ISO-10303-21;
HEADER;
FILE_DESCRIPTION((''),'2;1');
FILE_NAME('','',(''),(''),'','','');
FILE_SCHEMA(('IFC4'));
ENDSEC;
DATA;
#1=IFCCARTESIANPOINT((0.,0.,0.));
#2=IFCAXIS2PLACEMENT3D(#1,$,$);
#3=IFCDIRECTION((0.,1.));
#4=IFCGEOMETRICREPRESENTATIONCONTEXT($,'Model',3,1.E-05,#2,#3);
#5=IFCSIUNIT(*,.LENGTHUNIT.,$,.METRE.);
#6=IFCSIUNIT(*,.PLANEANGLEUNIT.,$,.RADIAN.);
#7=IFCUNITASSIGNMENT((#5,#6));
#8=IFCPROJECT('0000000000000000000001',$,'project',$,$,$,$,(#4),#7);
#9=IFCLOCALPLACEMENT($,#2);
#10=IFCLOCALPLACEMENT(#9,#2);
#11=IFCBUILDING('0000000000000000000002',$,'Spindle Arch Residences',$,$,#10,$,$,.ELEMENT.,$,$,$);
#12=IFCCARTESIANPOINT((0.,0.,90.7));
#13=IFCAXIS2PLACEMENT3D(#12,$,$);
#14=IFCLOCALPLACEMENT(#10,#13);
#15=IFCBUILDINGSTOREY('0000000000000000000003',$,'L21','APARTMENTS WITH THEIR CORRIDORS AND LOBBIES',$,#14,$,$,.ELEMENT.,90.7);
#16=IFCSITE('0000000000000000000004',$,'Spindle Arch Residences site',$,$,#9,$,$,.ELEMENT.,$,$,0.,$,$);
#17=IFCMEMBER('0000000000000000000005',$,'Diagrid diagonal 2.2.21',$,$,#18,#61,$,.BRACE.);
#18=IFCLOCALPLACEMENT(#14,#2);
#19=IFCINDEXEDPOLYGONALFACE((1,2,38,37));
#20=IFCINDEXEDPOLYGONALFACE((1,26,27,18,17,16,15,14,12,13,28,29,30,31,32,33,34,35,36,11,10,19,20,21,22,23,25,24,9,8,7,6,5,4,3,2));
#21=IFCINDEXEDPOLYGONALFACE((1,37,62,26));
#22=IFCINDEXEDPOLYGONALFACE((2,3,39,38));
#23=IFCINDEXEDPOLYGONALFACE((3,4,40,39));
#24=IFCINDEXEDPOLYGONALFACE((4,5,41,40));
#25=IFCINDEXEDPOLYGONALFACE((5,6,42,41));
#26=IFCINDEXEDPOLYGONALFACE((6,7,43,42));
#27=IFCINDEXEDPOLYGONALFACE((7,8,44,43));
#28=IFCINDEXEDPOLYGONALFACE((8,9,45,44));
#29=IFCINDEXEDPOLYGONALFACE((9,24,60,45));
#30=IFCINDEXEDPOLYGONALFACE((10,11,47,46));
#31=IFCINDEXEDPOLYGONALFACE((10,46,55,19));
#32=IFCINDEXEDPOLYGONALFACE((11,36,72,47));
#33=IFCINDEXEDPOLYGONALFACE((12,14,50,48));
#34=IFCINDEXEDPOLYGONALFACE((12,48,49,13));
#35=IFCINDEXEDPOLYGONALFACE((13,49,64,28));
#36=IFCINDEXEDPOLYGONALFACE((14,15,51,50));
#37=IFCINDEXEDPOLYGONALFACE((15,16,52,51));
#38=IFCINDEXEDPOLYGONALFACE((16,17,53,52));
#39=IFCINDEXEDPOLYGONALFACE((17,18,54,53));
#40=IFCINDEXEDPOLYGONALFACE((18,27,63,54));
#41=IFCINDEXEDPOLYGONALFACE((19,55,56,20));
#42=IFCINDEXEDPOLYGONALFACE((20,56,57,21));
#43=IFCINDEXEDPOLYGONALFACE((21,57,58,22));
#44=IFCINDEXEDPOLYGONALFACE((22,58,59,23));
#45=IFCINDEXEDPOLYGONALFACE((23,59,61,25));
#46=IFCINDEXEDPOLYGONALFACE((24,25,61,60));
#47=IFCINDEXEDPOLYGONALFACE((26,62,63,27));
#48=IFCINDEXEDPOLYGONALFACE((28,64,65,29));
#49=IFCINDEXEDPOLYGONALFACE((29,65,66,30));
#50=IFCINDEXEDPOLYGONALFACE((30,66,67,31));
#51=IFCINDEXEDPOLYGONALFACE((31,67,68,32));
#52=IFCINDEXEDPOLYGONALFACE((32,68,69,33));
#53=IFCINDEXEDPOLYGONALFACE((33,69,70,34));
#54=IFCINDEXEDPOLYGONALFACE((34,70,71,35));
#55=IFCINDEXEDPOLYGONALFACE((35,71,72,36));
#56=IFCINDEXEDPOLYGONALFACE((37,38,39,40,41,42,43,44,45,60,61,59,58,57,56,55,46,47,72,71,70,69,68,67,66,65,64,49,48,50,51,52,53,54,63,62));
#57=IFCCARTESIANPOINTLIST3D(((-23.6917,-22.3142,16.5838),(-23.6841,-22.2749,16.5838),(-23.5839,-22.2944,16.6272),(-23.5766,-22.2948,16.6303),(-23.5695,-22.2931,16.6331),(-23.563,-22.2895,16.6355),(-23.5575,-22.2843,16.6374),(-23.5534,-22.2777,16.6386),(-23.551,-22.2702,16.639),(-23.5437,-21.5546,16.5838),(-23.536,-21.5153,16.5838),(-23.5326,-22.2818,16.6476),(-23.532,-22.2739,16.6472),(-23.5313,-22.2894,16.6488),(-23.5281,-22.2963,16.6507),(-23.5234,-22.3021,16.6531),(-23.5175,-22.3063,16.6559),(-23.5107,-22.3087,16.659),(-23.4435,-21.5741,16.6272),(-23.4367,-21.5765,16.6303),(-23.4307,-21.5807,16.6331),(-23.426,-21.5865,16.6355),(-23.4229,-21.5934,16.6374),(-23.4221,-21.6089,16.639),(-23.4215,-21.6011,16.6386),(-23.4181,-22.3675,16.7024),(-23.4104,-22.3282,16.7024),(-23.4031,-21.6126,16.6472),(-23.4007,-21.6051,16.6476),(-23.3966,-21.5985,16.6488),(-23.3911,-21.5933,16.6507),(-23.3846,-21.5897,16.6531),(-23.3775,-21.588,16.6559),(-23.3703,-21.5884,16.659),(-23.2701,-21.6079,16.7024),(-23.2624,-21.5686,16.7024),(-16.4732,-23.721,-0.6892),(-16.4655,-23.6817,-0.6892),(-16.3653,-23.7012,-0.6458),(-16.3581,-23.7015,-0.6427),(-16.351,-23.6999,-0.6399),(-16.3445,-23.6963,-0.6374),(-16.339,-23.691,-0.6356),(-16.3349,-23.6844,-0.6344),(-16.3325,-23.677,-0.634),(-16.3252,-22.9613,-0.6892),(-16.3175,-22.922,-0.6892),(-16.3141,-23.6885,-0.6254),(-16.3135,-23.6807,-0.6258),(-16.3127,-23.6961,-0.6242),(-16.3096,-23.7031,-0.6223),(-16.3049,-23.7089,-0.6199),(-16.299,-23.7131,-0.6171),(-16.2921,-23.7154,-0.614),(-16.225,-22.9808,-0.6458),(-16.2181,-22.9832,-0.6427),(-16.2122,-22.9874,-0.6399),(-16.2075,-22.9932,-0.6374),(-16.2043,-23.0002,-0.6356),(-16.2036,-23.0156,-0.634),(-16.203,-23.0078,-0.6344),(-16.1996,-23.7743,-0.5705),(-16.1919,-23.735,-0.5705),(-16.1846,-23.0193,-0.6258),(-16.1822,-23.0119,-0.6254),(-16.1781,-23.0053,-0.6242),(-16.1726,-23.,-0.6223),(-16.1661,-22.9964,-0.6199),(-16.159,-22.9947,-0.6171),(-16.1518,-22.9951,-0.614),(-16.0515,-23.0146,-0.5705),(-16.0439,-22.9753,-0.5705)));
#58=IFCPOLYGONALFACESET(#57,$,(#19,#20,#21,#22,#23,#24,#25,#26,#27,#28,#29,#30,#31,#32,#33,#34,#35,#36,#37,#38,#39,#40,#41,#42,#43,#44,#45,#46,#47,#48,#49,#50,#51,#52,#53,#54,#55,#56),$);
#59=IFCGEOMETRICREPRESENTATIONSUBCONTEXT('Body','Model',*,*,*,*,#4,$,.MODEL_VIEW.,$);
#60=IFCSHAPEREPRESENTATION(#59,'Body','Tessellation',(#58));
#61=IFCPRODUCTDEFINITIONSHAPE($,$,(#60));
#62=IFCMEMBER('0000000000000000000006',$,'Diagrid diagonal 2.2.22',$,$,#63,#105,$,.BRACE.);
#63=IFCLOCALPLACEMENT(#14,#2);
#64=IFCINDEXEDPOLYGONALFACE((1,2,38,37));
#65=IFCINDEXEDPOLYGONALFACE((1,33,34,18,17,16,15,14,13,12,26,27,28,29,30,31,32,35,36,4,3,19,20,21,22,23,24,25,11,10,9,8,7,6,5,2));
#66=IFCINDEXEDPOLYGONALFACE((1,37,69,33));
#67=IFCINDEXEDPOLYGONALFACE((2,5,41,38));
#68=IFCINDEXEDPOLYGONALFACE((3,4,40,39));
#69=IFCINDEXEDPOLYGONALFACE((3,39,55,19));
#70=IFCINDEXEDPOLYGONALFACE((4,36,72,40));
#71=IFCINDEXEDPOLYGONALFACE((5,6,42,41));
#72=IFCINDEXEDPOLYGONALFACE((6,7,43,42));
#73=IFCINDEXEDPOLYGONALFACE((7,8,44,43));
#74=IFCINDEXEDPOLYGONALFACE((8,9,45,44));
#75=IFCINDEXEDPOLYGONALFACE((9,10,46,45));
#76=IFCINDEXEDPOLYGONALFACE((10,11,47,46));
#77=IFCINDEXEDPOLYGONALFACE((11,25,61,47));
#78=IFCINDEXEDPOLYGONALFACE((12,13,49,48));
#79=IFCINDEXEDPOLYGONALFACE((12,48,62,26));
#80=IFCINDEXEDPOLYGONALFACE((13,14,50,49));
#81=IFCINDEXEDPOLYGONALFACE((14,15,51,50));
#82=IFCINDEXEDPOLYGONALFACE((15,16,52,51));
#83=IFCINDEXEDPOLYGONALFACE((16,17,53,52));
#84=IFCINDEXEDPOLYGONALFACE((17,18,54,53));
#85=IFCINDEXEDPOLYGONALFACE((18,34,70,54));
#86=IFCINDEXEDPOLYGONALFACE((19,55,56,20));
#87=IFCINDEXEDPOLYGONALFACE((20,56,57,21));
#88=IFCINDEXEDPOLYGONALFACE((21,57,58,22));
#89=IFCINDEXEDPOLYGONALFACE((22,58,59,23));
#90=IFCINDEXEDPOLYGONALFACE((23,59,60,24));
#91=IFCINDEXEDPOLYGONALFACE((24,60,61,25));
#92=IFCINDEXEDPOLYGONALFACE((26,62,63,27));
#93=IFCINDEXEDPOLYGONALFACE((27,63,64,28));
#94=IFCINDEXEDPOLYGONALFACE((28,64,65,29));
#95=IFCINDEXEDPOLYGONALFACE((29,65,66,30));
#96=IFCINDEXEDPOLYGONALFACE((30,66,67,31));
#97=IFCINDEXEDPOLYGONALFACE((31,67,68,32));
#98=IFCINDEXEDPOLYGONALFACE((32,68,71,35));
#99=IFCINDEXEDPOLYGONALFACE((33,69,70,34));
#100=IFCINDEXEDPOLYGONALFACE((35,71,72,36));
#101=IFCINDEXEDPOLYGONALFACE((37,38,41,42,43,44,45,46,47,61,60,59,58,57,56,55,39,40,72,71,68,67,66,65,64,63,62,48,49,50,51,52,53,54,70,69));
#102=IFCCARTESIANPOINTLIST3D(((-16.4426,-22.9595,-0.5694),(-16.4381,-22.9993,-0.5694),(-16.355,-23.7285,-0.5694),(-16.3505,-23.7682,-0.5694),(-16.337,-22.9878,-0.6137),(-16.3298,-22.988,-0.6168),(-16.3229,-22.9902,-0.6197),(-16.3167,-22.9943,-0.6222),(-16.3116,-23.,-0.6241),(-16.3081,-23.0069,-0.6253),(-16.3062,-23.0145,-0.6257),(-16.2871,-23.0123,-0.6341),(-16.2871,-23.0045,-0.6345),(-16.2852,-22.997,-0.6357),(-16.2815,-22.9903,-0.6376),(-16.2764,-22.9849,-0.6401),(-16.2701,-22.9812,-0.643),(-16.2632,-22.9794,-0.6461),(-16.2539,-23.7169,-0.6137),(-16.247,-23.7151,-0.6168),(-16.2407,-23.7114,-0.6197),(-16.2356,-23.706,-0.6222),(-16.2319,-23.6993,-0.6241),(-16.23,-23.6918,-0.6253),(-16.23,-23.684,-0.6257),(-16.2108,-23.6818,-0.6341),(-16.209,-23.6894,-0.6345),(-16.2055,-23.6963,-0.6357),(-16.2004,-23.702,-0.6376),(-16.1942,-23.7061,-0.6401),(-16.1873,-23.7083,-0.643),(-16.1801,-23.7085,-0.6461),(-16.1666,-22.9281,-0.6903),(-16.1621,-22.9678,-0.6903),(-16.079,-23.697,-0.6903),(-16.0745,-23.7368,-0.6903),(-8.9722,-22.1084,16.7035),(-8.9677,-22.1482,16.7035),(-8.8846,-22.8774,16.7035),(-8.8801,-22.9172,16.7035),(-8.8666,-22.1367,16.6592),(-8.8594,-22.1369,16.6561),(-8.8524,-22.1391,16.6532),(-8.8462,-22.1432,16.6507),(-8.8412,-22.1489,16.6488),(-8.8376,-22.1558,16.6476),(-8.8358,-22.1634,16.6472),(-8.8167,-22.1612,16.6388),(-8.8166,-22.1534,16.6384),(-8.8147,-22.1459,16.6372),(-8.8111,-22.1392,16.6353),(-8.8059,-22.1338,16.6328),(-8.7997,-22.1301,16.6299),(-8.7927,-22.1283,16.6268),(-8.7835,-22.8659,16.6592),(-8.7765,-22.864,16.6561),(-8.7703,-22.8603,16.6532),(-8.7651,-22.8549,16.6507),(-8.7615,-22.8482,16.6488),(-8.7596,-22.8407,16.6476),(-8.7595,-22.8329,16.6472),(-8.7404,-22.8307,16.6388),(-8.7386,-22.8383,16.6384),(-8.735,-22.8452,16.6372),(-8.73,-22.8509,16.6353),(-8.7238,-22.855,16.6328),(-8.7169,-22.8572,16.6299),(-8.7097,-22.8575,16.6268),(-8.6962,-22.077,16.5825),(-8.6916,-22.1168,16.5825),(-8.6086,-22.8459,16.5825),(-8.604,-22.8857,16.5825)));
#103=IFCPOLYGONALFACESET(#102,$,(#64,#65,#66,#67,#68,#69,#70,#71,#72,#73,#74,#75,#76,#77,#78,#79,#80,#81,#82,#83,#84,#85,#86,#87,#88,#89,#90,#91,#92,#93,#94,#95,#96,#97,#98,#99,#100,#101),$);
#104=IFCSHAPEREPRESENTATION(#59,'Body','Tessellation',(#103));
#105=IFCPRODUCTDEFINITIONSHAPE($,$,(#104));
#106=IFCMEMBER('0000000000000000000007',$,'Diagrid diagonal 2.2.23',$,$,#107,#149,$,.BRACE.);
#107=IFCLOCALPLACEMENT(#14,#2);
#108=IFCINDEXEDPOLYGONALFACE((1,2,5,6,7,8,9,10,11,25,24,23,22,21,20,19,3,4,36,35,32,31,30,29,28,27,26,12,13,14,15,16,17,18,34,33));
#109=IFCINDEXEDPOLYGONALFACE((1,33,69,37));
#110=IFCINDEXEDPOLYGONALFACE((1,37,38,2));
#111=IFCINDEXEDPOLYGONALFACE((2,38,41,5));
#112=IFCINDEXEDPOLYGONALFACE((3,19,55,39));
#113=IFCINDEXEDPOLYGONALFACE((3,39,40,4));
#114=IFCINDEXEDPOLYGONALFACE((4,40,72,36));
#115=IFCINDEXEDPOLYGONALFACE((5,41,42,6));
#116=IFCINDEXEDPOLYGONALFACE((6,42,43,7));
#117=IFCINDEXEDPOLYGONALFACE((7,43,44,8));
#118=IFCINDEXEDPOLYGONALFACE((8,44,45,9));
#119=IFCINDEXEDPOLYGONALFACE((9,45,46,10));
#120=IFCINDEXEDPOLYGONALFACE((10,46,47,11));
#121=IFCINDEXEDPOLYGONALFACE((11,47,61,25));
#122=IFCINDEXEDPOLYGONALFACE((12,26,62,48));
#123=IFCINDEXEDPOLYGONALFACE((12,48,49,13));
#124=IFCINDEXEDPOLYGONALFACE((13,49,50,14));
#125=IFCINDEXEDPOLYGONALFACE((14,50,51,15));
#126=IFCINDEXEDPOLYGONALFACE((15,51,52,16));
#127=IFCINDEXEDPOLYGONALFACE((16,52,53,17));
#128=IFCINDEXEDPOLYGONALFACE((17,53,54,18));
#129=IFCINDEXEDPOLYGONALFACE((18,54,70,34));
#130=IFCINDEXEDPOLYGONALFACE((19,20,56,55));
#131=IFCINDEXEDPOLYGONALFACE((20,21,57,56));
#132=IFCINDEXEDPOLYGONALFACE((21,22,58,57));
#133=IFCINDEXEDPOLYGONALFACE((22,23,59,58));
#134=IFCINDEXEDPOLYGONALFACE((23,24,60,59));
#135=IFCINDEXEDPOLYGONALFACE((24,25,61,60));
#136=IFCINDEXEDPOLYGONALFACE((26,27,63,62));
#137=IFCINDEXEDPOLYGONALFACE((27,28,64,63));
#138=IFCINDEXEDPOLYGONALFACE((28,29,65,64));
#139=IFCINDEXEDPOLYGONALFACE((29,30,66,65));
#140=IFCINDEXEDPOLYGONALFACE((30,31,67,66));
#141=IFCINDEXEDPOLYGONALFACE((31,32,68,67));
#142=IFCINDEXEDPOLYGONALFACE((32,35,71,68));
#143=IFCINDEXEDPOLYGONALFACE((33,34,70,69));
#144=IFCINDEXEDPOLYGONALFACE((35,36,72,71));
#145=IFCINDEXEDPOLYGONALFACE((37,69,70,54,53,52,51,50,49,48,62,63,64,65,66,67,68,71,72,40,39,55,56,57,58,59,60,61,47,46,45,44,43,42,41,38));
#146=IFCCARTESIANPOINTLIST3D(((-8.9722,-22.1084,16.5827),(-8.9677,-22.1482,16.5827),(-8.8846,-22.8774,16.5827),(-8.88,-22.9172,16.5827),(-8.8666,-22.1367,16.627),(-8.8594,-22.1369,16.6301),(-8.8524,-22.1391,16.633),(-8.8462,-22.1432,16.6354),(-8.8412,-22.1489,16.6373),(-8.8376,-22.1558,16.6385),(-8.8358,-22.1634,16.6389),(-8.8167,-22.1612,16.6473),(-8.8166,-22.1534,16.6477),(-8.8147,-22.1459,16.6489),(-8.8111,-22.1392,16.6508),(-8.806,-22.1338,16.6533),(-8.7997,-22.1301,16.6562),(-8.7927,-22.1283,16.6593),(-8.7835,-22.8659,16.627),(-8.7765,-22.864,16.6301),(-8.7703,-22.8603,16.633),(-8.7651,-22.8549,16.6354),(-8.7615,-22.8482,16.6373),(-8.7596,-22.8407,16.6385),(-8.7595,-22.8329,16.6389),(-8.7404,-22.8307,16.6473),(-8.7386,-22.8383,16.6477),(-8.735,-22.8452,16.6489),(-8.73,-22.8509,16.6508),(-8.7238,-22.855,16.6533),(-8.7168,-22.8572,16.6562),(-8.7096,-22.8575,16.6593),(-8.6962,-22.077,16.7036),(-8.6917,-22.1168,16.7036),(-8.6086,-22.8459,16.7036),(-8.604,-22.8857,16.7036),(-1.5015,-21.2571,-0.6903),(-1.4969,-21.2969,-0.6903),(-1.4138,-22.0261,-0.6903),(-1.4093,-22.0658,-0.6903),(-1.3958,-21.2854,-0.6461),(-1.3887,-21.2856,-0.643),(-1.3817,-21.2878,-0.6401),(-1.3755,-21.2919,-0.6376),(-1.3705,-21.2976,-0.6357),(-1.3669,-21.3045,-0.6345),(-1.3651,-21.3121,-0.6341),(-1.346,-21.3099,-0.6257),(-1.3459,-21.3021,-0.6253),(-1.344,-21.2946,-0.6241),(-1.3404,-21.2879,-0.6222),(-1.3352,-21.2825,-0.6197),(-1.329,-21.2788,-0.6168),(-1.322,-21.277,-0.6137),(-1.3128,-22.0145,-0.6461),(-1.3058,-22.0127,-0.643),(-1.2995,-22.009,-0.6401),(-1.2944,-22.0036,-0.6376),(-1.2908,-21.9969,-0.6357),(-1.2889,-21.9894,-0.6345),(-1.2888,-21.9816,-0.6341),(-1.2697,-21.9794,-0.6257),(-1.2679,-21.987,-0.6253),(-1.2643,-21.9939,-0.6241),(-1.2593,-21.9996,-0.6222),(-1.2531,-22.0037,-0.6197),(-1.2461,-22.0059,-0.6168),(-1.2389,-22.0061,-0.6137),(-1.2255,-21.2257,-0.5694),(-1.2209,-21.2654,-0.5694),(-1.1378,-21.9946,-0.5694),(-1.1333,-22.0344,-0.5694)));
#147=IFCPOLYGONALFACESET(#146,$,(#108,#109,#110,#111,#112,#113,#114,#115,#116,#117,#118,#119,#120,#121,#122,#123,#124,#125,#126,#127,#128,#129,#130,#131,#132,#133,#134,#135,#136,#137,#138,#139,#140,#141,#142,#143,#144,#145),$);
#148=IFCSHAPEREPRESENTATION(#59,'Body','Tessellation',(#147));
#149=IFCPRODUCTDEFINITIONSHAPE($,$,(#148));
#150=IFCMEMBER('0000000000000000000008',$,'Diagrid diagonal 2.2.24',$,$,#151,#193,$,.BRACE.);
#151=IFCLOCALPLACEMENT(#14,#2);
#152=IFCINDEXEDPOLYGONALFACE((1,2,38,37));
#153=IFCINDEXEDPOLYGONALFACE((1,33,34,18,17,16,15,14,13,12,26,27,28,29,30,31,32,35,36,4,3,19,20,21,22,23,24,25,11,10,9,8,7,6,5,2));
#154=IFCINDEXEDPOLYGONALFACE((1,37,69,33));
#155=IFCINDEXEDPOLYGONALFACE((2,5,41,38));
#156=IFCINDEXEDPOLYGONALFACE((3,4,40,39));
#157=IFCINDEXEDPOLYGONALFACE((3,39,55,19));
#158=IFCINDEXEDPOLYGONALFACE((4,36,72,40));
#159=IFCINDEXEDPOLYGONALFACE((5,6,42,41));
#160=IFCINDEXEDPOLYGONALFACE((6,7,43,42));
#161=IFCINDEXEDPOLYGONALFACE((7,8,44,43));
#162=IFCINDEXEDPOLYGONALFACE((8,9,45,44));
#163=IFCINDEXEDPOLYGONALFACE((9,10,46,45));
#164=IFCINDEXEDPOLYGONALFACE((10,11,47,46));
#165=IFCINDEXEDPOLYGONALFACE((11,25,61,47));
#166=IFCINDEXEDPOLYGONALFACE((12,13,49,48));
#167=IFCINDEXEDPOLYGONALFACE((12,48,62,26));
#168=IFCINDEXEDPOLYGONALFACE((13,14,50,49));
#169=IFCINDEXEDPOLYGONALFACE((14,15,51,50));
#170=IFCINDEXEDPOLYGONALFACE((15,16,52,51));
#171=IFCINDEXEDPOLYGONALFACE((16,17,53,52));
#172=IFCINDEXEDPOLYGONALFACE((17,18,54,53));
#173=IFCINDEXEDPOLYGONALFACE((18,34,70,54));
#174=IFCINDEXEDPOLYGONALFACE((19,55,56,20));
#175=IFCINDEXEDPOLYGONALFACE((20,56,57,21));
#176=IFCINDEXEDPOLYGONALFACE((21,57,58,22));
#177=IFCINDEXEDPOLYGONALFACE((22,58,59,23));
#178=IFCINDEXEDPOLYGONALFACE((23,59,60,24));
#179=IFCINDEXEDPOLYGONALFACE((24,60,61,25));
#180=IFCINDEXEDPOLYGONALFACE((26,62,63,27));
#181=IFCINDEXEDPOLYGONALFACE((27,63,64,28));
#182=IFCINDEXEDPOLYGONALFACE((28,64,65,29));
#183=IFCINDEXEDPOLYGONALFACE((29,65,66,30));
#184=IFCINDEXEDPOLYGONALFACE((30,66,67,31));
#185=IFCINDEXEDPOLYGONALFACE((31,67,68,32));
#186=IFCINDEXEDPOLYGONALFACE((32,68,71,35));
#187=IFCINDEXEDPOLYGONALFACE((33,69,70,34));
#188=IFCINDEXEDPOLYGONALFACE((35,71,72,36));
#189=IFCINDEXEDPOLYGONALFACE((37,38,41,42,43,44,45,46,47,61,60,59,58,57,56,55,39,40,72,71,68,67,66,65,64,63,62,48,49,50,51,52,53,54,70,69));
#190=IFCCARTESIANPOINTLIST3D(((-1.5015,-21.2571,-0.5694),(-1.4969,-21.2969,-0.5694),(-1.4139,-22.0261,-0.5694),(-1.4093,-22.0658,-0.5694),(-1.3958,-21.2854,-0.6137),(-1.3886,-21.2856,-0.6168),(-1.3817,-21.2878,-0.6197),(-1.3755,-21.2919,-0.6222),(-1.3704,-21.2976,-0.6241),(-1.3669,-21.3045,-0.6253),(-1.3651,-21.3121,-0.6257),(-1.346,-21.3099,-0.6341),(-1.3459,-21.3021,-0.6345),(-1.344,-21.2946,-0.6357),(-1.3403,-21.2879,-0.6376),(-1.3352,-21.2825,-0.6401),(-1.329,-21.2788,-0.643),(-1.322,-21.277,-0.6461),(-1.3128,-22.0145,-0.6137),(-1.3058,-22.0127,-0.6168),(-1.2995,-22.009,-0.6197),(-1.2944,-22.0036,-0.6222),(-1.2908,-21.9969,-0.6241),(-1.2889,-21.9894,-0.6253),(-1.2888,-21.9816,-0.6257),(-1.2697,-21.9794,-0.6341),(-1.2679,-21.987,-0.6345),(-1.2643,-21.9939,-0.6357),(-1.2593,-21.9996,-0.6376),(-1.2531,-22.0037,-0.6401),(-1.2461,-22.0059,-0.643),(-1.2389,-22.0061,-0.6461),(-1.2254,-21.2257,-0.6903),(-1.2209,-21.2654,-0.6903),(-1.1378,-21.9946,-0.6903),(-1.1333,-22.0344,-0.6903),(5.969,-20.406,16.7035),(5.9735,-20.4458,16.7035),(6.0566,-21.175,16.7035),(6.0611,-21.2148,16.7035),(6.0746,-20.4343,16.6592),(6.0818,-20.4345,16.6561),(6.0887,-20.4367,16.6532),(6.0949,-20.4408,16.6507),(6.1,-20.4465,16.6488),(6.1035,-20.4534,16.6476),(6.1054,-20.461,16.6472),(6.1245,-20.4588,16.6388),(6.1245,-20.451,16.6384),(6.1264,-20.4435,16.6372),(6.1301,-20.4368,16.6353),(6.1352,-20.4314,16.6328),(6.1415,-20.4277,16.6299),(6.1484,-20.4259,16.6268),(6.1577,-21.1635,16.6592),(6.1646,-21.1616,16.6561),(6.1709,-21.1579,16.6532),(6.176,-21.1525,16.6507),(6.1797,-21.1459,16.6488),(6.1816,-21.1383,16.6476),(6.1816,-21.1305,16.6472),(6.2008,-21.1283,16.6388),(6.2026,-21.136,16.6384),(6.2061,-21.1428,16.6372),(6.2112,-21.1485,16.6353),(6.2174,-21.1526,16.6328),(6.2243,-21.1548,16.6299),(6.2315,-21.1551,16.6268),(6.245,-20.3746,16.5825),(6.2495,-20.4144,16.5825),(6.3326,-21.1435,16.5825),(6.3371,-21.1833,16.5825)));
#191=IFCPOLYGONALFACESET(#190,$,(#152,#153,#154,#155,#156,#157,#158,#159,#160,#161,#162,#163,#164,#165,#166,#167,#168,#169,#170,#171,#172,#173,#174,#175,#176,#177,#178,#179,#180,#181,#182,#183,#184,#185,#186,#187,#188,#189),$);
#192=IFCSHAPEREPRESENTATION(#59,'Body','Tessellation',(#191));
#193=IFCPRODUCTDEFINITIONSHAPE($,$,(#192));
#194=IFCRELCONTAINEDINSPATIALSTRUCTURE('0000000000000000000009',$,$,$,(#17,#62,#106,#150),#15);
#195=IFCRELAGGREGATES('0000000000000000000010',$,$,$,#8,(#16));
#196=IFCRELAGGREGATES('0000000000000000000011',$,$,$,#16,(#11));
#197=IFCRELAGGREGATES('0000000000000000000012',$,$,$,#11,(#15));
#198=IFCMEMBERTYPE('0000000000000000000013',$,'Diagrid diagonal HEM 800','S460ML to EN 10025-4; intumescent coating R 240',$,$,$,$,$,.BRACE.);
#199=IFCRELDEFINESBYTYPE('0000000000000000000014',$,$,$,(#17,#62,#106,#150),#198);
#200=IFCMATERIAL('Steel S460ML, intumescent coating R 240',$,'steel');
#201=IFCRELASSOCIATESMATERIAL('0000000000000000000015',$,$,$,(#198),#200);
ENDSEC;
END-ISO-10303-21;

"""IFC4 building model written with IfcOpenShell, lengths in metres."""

from ifc_helpers import new_model, si_unit, direction, frame, origin, origin_2d, place, context, subcontext, project, spatial, i_section, extrude, material, material_profile, profile_set, type_object, element, save


model = new_model("IFC4")

# Units and contexts
model_context = context("Model", 3, precision=1e-05, world=origin(), true_north=direction((0.0, 1.0)))
body_context = subcontext(model_context, "Body", "Model", "MODEL_VIEW")
ifc_project = project(units=[si_unit("LENGTHUNIT", "METRE"), si_unit("PLANEANGLEUNIT", "RADIAN")], contexts=[model_context])

# Site, building, storey
site_placement = place(None, origin())
site = spatial("IfcSite", under=ifc_project, at=site_placement, Name="Spindle Arch Residences site", CompositionType="ELEMENT", RefElevation=0.0)
building_placement = place(site_placement, origin())
building = spatial("IfcBuilding", under=site, at=building_placement, Name="Spindle Arch Residences", CompositionType="ELEMENT")
storey_placement = place(building_placement, frame((0.0, 0.0, 90.7)))
storey = spatial("IfcBuildingStorey", under=building, at=storey_placement, Name="L21", Description="APARTMENTS WITH THEIR CORRIDORS AND LOBBIES", CompositionType="ELEMENT", Elevation=90.7)

# Members
ifc_material_1 = material(Name="Steel S460ML, intumescent coating R 240", Category="steel")
ifc_material_profile_1 = material_profile(ifc_material_1, i_section(OverallWidth=0.303, OverallDepth=0.814, WebThickness=0.021, FlangeThickness=0.04, FilletRadius=0.03, at=origin_2d()), Name="HEM 800")
ifc_profile_set_1 = profile_set([ifc_material_profile_1], Name="Steel S460ML, intumescent coating R 240")
member_type_1 = type_object("IfcMemberType", Name="Diagrid diagonal HEM 800", Description="S460ML to EN 10025-4; intumescent coating R 240", PredefinedType="BRACE", material=ifc_profile_set_1)
member_1_placement = place(storey_placement, frame((-16.2585, -23.3481, -0.6299), z_axis=(-0.384507, 0.074933, 0.920076), x_axis=(0.903087, -0.175993, 0.39174)))
element("IfcMember", 1, at=member_1_placement, inside=storey, type_object=member_type_1, Name="Diagrid diagonal 2.2.21", PredefinedType="BRACE", context=body_context, shape_type="SweptSolid", body=[
    extrude(i_section(OverallWidth=0.303, OverallDepth=0.814, WebThickness=0.021, FlangeThickness=0.04, FilletRadius=0.03, at=origin_2d()), origin(), (0.0, 0.0, 1.0), 18.7734),
])
member_2_placement = place(storey_placement, frame((-16.2585, -23.3481, -0.6299), z_axis=(0.396554, 0.045178, 0.916899), x_axis=(-0.911006, -0.103787, 0.399119)))
element("IfcMember", 2, at=member_2_placement, inside=storey, type_object=member_type_1, Name="Diagrid diagonal 2.2.22", PredefinedType="BRACE", context=body_context, shape_type="SweptSolid", body=[
    extrude(i_section(OverallWidth=0.303, OverallDepth=0.814, WebThickness=0.021, FlangeThickness=0.04, FilletRadius=0.03, at=origin_2d()), origin(), (0.0, 0.0, 1.0), 18.8384),
])
member_3_placement = place(storey_placement, frame((-1.3174, -21.6458, -0.6299), z_axis=(-0.396565, -0.04519, 0.916894), x_axis=(0.910998, 0.103812, 0.399131)))
element("IfcMember", 3, at=member_3_placement, inside=storey, type_object=member_type_1, Name="Diagrid diagonal 2.2.23", PredefinedType="BRACE", context=body_context, shape_type="SweptSolid", body=[
    extrude(i_section(OverallWidth=0.303, OverallDepth=0.814, WebThickness=0.021, FlangeThickness=0.04, FilletRadius=0.03, at=origin_2d()), origin(), (0.0, 0.0, 1.0), 18.8386),
])
member_4_placement = place(storey_placement, frame((-1.3174, -21.6458, -0.6299), z_axis=(0.396554, 0.045178, 0.916899), x_axis=(-0.911006, -0.103787, 0.399119)))
element("IfcMember", 4, at=member_4_placement, inside=storey, type_object=member_type_1, Name="Diagrid diagonal 2.2.24", PredefinedType="BRACE", context=body_context, shape_type="SweptSolid", body=[
    extrude(i_section(OverallWidth=0.303, OverallDepth=0.814, WebThickness=0.021, FlangeThickness=0.04, FilletRadius=0.03, at=origin_2d()), origin(), (0.0, 0.0, 1.0), 18.8384),
])

save(model, "model.ifc")
